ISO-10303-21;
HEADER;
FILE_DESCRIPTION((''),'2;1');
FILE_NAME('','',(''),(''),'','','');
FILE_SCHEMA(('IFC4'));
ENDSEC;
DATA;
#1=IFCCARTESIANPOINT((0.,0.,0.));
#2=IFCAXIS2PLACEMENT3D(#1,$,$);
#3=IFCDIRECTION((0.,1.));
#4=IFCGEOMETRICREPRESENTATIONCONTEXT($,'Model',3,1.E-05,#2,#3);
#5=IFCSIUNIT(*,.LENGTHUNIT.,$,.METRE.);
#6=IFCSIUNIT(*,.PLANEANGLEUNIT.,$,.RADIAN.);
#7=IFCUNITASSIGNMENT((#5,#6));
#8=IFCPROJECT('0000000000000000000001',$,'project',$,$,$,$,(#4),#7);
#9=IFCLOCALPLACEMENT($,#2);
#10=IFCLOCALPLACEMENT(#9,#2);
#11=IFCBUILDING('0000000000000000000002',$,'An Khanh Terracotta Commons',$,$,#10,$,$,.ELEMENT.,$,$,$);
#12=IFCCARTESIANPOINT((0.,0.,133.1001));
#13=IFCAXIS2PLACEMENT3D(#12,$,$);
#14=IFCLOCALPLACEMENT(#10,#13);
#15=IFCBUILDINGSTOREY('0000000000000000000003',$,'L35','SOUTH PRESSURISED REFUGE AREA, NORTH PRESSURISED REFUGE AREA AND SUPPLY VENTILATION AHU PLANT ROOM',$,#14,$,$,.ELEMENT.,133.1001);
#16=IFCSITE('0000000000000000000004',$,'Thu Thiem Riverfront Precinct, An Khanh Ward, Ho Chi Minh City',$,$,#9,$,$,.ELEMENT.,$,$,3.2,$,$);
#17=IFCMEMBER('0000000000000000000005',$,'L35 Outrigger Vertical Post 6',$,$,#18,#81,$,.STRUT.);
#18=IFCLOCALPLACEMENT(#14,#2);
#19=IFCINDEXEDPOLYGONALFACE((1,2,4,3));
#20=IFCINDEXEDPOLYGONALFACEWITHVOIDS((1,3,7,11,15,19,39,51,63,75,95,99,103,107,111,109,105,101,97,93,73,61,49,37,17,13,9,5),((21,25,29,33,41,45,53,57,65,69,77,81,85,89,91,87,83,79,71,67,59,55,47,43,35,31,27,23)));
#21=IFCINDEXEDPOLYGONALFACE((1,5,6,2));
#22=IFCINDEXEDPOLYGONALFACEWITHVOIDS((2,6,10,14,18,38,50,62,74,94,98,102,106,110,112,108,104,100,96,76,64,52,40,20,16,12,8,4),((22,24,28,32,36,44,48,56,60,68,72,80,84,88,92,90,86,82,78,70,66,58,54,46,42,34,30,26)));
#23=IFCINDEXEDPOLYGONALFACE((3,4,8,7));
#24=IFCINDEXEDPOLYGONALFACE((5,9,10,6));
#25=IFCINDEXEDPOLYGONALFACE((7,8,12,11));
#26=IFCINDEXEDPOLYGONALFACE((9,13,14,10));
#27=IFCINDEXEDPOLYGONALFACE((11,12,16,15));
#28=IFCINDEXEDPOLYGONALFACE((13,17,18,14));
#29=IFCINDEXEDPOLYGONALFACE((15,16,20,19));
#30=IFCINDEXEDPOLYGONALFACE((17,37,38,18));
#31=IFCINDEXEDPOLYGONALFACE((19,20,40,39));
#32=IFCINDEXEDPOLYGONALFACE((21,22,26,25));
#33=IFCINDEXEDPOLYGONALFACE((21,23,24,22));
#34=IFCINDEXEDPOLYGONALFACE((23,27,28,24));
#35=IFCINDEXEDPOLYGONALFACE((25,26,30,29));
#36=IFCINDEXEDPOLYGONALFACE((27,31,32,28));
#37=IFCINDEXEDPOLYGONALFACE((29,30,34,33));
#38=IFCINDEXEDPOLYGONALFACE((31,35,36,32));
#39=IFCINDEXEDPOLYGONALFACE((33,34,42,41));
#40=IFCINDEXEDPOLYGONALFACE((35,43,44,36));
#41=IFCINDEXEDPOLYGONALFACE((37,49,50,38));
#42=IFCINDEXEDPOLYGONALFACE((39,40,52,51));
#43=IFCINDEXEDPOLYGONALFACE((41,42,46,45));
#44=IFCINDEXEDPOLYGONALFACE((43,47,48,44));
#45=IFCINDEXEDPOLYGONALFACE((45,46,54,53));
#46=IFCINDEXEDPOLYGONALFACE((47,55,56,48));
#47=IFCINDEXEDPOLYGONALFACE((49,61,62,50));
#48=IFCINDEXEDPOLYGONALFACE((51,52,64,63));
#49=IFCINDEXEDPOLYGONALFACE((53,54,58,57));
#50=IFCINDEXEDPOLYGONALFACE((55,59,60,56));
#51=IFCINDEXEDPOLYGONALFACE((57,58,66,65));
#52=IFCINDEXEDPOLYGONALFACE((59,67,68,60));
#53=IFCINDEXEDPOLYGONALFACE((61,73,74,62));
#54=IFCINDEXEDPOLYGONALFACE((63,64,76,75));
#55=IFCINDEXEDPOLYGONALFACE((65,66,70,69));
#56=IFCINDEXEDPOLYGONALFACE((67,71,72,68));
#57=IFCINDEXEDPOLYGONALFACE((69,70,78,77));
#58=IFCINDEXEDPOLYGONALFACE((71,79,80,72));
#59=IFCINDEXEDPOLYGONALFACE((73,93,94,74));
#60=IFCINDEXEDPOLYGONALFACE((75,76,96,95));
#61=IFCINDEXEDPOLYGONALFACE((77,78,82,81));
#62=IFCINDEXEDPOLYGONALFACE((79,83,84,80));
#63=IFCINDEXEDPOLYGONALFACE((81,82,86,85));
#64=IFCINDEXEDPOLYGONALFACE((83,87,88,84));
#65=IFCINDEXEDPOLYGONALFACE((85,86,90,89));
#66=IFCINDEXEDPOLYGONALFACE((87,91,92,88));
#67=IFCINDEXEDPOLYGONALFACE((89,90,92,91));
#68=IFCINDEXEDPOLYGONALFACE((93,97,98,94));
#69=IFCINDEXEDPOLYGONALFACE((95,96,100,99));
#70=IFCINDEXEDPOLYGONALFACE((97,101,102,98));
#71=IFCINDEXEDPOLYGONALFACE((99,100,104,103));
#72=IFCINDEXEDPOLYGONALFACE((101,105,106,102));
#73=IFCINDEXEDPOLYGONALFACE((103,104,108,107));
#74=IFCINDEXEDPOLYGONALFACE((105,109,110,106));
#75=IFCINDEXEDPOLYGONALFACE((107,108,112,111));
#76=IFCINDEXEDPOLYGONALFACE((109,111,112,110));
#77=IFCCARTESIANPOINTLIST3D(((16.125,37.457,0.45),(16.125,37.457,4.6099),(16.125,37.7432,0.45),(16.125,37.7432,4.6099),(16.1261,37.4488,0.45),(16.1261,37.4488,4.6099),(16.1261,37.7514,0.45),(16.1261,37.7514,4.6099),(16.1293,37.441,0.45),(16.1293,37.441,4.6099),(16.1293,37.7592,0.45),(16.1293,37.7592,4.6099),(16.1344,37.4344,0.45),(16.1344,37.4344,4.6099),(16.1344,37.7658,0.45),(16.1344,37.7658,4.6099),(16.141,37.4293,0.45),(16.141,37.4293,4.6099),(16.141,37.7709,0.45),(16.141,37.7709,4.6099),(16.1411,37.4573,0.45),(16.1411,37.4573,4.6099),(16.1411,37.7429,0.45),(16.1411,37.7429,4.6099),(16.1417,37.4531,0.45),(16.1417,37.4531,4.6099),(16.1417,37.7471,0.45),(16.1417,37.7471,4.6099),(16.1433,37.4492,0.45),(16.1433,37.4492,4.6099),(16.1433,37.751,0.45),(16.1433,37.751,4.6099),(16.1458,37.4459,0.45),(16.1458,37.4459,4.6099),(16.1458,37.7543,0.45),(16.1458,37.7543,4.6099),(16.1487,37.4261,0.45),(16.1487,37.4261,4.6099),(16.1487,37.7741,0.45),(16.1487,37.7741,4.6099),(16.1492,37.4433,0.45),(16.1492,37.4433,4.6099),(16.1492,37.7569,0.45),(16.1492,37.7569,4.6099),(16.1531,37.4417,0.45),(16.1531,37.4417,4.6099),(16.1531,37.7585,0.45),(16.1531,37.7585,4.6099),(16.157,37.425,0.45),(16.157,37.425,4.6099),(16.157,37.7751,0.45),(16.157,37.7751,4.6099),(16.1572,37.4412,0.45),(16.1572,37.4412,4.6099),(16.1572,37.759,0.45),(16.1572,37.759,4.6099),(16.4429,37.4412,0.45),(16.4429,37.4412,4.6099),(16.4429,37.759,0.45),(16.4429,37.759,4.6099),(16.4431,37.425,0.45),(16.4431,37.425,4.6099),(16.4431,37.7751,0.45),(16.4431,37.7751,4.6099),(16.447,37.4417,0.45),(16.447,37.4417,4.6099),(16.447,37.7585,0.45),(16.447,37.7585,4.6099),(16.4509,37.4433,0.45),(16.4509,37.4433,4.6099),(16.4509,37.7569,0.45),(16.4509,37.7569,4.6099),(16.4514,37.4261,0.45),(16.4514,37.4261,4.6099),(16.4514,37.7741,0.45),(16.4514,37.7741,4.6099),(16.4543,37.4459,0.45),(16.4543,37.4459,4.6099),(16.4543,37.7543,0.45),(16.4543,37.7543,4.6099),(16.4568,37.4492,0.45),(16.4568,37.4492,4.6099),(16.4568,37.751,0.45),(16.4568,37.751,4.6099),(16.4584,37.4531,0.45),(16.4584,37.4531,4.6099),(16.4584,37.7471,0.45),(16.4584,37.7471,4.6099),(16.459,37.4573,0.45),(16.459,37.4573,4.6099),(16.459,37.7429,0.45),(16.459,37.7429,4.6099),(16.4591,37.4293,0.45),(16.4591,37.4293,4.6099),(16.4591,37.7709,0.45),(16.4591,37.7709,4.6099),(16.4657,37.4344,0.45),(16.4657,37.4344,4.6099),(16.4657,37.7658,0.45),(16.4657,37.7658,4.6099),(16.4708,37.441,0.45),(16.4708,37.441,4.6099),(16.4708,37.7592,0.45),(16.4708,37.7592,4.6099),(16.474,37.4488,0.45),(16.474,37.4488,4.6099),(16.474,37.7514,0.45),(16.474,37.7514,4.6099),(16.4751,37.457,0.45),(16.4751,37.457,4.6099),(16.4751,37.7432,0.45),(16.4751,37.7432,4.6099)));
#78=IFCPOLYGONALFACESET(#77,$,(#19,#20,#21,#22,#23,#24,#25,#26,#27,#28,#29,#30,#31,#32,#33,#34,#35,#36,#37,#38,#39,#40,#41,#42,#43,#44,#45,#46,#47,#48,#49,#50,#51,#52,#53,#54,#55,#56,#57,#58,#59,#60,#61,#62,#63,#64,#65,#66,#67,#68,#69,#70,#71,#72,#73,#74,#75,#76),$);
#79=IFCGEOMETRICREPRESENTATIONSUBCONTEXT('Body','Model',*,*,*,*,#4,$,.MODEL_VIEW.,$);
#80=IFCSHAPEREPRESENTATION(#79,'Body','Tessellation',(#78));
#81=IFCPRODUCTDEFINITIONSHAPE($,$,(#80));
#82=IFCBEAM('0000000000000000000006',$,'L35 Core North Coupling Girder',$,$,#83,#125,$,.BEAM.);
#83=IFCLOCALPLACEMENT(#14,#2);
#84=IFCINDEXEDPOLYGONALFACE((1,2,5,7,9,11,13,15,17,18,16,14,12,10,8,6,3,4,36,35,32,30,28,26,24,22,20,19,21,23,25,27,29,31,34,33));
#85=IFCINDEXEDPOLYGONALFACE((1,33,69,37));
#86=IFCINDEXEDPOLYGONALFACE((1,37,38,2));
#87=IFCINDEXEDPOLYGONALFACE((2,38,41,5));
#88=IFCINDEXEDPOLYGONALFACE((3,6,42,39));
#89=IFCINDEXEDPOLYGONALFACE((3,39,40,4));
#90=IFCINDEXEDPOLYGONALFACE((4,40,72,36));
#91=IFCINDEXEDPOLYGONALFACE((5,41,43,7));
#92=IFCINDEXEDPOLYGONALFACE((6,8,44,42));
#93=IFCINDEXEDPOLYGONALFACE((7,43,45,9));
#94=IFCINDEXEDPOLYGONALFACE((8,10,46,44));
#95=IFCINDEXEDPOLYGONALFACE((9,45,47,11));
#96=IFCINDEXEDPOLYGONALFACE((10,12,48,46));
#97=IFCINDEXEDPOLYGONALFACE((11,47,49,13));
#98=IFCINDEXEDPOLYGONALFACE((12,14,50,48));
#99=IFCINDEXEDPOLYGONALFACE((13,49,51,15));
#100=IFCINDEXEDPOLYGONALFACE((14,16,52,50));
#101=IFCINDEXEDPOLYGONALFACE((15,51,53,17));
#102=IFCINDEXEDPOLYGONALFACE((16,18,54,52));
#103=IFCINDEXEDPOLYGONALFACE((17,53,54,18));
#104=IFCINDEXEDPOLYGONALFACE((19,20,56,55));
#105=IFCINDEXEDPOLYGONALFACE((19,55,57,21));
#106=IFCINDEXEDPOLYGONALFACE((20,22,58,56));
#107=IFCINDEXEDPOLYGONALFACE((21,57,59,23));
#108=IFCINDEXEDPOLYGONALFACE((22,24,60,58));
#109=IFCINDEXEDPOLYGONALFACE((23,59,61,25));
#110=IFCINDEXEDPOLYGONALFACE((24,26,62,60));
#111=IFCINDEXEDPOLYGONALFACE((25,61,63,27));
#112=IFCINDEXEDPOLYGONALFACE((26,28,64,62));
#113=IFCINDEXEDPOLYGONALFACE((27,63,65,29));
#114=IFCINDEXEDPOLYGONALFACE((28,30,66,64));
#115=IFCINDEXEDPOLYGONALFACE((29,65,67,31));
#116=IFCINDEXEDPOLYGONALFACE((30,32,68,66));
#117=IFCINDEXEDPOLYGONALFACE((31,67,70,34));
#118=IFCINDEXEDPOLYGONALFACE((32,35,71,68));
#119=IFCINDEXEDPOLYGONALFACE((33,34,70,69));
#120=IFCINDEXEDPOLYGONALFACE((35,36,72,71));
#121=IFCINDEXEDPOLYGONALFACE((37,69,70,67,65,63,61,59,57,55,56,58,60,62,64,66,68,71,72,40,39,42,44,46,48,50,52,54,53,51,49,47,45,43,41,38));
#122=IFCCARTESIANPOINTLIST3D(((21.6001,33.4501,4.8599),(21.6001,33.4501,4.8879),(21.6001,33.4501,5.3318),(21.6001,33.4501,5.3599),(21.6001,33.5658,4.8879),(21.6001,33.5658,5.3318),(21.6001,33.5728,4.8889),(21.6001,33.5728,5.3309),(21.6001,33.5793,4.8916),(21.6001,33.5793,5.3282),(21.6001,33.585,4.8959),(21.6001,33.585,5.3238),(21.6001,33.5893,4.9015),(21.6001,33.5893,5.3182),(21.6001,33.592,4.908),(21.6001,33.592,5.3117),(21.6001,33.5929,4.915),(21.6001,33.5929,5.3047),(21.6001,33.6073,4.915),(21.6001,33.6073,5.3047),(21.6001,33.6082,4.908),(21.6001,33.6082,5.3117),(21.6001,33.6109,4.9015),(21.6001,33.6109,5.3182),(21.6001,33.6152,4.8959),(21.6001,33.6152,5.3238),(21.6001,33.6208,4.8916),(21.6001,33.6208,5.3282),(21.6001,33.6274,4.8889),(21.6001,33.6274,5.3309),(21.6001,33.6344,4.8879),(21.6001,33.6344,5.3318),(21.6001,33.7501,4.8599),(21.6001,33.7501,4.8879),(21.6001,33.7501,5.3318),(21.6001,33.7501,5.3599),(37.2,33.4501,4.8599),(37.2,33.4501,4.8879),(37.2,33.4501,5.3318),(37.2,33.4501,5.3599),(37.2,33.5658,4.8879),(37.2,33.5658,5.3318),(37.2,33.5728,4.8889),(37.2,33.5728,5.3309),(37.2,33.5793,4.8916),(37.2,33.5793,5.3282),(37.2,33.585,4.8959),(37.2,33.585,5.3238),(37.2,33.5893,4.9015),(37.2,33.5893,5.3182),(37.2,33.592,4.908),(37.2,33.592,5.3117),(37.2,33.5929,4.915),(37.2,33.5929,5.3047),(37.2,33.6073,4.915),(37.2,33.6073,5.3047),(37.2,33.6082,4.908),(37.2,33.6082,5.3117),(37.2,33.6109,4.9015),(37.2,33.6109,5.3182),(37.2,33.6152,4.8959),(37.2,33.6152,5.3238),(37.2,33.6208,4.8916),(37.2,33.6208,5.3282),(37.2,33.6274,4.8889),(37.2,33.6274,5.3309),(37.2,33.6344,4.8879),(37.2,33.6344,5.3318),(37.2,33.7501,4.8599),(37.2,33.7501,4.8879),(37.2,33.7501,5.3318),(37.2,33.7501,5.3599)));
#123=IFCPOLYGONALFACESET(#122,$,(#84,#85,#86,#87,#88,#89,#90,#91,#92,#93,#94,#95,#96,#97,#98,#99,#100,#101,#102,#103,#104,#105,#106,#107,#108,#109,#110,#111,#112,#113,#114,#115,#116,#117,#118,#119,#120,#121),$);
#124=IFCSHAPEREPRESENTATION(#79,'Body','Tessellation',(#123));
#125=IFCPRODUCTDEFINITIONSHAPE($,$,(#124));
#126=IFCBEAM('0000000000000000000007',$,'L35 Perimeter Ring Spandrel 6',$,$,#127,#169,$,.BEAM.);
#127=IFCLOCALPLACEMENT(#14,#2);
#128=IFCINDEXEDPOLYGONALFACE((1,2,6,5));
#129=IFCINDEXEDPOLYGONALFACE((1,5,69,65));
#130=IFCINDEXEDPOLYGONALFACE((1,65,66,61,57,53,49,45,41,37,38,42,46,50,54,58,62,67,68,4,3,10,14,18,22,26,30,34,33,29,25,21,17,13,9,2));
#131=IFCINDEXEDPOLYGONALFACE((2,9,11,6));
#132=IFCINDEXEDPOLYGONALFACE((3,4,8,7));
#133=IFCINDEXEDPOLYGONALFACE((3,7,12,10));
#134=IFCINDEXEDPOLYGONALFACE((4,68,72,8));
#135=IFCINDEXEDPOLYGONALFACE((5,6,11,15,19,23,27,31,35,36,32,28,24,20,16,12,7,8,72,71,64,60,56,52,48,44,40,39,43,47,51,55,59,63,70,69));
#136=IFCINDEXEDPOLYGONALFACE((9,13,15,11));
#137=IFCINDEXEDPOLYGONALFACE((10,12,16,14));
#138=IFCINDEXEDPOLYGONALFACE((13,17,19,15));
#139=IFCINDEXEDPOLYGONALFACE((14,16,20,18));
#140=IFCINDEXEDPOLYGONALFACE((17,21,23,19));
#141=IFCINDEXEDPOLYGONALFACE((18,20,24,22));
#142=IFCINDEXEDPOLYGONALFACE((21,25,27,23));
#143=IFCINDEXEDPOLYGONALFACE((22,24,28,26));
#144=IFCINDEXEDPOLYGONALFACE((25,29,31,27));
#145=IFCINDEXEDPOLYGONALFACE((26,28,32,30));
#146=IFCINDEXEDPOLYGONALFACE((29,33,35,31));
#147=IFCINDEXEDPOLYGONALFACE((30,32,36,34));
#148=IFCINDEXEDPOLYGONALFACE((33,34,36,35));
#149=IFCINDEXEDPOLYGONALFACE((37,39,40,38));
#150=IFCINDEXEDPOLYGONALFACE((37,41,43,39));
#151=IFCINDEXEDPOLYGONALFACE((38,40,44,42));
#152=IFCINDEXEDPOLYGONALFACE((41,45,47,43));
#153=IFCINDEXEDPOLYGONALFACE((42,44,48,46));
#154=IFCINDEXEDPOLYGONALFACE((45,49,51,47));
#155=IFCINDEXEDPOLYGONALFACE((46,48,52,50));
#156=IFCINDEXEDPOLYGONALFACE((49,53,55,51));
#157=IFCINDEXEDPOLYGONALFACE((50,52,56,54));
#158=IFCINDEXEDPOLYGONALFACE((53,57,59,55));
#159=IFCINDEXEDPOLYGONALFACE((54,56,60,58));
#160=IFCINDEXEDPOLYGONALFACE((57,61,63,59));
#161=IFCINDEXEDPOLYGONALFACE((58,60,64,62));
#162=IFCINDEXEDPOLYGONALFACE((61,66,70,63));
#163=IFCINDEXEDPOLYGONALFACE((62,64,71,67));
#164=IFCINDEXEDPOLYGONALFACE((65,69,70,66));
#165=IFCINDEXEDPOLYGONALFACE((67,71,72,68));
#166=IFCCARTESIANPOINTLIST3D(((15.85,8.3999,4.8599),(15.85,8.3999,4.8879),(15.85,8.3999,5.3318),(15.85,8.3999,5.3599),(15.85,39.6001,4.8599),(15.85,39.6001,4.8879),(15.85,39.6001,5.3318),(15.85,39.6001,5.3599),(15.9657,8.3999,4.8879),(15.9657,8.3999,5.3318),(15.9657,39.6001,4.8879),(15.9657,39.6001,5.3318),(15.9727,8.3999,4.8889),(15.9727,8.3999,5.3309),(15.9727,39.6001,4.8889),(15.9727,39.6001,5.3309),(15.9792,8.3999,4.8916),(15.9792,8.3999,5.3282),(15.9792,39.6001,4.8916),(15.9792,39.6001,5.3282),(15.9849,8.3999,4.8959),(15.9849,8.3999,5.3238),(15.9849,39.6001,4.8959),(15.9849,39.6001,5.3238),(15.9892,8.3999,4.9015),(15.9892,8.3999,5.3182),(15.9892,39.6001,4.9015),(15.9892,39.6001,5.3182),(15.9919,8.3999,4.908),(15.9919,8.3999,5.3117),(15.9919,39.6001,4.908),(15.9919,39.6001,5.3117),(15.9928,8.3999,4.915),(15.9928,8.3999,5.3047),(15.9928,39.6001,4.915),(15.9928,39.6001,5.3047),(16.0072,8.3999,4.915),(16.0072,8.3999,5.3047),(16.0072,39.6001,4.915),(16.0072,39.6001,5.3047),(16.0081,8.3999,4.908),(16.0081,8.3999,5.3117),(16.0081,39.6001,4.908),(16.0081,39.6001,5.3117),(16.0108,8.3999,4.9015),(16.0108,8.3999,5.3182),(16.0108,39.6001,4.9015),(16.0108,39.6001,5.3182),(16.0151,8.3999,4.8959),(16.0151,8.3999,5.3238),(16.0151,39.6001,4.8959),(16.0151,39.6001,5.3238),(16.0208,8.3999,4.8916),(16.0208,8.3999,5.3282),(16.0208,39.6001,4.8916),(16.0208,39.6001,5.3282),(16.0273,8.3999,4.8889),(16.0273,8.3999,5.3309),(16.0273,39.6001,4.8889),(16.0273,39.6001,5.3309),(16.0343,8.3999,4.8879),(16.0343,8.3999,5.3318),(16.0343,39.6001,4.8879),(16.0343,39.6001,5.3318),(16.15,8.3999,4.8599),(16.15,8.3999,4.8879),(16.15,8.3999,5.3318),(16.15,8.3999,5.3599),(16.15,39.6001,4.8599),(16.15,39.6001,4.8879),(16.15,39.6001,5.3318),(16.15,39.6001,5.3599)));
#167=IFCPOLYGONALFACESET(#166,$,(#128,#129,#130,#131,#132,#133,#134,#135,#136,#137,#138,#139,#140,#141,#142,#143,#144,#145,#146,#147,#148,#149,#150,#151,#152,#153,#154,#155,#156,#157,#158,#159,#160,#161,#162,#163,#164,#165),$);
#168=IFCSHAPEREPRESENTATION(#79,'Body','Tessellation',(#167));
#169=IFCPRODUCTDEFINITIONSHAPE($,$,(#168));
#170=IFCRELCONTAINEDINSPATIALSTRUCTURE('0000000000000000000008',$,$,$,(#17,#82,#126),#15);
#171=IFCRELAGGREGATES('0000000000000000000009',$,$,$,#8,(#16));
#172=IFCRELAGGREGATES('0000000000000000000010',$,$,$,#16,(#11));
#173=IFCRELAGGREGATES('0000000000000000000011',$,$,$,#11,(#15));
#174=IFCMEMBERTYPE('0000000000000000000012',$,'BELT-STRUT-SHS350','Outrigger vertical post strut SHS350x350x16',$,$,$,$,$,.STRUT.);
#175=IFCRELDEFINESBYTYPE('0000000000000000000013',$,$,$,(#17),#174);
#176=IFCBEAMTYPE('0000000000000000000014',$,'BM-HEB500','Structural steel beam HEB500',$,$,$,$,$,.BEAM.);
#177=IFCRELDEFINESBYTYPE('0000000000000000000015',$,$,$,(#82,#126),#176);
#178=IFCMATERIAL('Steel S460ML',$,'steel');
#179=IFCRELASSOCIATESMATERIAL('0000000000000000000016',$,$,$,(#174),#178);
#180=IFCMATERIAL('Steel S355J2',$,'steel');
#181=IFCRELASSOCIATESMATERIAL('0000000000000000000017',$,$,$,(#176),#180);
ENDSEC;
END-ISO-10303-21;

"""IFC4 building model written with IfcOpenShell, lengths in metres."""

from ifc_helpers import new_model, si_unit, direction, frame, origin, origin_2d, place, context, subcontext, project, spatial, hollow_rectangle, i_section, extrude, material, material_profile, profile_set, type_object, element, save


model = new_model("IFC4")

# Units and contexts
model_context = context("Model", 3, precision=1e-05, world=origin(), true_north=direction((0.0, 1.0)))
body_context = subcontext(model_context, "Body", "Model", "MODEL_VIEW")
ifc_project = project(units=[si_unit("LENGTHUNIT", "METRE"), si_unit("PLANEANGLEUNIT", "RADIAN")], contexts=[model_context])

# Site, building, storey
site_placement = place(None, origin())
site = spatial("IfcSite", under=ifc_project, at=site_placement, Name="Thu Thiem Riverfront Precinct, An Khanh Ward, Ho Chi Minh City", CompositionType="ELEMENT", RefElevation=3.2)
building_placement = place(site_placement, origin())
building = spatial("IfcBuilding", under=site, at=building_placement, Name="An Khanh Terracotta Commons", CompositionType="ELEMENT")
storey_placement = place(building_placement, frame((0.0, 0.0, 133.1001)))
storey = spatial("IfcBuildingStorey", under=building, at=storey_placement, Name="L35", Description="SOUTH PRESSURISED REFUGE AREA, NORTH PRESSURISED REFUGE AREA AND SUPPLY VENTILATION AHU PLANT ROOM", CompositionType="ELEMENT", Elevation=133.1001)

# Member
ifc_material_1 = material(Name="Steel S460ML", Category="steel")
ifc_material_profile_1 = material_profile(ifc_material_1, hollow_rectangle(XDim=0.3501, YDim=0.3501, WallThickness=0.0161, InnerFilletRadius=0.0161, OuterFilletRadius=0.032, at=origin_2d()), Name="SHS350x350x16")
ifc_profile_set_1 = profile_set([ifc_material_profile_1], Name="Steel S460ML")
member_type_1 = type_object("IfcMemberType", Name="BELT-STRUT-SHS350", Description="Outrigger vertical post strut SHS350x350x16", PredefinedType="STRUT", material=ifc_profile_set_1)
member_1_placement = place(storey_placement, frame((16.3, 37.6001, 0.45), z_axis=(0.0, 0.0, 1.0), x_axis=(1.0, 0.0, 0.0)))
element("IfcMember", 1, at=member_1_placement, inside=storey, type_object=member_type_1, Name="L35 Outrigger Vertical Post 6", PredefinedType="STRUT", context=body_context, shape_type="SweptSolid", body=[
    extrude(hollow_rectangle(XDim=0.3501, YDim=0.3501, WallThickness=0.0161, InnerFilletRadius=0.0161, OuterFilletRadius=0.032, at=origin_2d()), origin(), (0.0, 0.0, 1.0), 4.1599),
])

# Beams
ifc_material_2 = material(Name="Steel S355J2", Category="steel")
ifc_material_profile_2 = material_profile(ifc_material_2, i_section(OverallWidth=0.3, OverallDepth=0.5, WebThickness=0.0144, FlangeThickness=0.0281, FilletRadius=0.0271, at=origin_2d()), Name="HEB500")
ifc_profile_set_2 = profile_set([ifc_material_profile_2], Name="Steel S355J2")
beam_type_1 = type_object("IfcBeamType", Name="BM-HEB500", Description="Structural steel beam HEB500", PredefinedType="BEAM", material=ifc_profile_set_2)
beam_1_placement = place(storey_placement, frame((21.6001, 33.6001, 5.1099), z_axis=(1.0, 0.0, 0.0), x_axis=(0.0, 1.0, 0.0)))
element("IfcBeam", 2, at=beam_1_placement, inside=storey, type_object=beam_type_1, Name="L35 Core North Coupling Girder", PredefinedType="BEAM", context=body_context, shape_type="SweptSolid", body=[
    extrude(i_section(OverallWidth=0.3, OverallDepth=0.5, WebThickness=0.0144, FlangeThickness=0.0281, FilletRadius=0.0271, at=origin_2d()), origin(), (0.0, 0.0, 1.0), 15.5999),
])
beam_2_placement = place(storey_placement, frame((16.0, 39.6001, 5.1099), z_axis=(0.0, -1.0, 0.0), x_axis=(1.0, 0.0, 0.0)))
element("IfcBeam", 3, at=beam_2_placement, inside=storey, type_object=beam_type_1, Name="L35 Perimeter Ring Spandrel 6", PredefinedType="BEAM", context=body_context, shape_type="SweptSolid", body=[
    extrude(i_section(OverallWidth=0.3, OverallDepth=0.5, WebThickness=0.0144, FlangeThickness=0.0281, FilletRadius=0.0271, at=origin_2d()), origin(), (0.0, 0.0, 1.0), 31.2002),
])

save(model, "model.ifc")
